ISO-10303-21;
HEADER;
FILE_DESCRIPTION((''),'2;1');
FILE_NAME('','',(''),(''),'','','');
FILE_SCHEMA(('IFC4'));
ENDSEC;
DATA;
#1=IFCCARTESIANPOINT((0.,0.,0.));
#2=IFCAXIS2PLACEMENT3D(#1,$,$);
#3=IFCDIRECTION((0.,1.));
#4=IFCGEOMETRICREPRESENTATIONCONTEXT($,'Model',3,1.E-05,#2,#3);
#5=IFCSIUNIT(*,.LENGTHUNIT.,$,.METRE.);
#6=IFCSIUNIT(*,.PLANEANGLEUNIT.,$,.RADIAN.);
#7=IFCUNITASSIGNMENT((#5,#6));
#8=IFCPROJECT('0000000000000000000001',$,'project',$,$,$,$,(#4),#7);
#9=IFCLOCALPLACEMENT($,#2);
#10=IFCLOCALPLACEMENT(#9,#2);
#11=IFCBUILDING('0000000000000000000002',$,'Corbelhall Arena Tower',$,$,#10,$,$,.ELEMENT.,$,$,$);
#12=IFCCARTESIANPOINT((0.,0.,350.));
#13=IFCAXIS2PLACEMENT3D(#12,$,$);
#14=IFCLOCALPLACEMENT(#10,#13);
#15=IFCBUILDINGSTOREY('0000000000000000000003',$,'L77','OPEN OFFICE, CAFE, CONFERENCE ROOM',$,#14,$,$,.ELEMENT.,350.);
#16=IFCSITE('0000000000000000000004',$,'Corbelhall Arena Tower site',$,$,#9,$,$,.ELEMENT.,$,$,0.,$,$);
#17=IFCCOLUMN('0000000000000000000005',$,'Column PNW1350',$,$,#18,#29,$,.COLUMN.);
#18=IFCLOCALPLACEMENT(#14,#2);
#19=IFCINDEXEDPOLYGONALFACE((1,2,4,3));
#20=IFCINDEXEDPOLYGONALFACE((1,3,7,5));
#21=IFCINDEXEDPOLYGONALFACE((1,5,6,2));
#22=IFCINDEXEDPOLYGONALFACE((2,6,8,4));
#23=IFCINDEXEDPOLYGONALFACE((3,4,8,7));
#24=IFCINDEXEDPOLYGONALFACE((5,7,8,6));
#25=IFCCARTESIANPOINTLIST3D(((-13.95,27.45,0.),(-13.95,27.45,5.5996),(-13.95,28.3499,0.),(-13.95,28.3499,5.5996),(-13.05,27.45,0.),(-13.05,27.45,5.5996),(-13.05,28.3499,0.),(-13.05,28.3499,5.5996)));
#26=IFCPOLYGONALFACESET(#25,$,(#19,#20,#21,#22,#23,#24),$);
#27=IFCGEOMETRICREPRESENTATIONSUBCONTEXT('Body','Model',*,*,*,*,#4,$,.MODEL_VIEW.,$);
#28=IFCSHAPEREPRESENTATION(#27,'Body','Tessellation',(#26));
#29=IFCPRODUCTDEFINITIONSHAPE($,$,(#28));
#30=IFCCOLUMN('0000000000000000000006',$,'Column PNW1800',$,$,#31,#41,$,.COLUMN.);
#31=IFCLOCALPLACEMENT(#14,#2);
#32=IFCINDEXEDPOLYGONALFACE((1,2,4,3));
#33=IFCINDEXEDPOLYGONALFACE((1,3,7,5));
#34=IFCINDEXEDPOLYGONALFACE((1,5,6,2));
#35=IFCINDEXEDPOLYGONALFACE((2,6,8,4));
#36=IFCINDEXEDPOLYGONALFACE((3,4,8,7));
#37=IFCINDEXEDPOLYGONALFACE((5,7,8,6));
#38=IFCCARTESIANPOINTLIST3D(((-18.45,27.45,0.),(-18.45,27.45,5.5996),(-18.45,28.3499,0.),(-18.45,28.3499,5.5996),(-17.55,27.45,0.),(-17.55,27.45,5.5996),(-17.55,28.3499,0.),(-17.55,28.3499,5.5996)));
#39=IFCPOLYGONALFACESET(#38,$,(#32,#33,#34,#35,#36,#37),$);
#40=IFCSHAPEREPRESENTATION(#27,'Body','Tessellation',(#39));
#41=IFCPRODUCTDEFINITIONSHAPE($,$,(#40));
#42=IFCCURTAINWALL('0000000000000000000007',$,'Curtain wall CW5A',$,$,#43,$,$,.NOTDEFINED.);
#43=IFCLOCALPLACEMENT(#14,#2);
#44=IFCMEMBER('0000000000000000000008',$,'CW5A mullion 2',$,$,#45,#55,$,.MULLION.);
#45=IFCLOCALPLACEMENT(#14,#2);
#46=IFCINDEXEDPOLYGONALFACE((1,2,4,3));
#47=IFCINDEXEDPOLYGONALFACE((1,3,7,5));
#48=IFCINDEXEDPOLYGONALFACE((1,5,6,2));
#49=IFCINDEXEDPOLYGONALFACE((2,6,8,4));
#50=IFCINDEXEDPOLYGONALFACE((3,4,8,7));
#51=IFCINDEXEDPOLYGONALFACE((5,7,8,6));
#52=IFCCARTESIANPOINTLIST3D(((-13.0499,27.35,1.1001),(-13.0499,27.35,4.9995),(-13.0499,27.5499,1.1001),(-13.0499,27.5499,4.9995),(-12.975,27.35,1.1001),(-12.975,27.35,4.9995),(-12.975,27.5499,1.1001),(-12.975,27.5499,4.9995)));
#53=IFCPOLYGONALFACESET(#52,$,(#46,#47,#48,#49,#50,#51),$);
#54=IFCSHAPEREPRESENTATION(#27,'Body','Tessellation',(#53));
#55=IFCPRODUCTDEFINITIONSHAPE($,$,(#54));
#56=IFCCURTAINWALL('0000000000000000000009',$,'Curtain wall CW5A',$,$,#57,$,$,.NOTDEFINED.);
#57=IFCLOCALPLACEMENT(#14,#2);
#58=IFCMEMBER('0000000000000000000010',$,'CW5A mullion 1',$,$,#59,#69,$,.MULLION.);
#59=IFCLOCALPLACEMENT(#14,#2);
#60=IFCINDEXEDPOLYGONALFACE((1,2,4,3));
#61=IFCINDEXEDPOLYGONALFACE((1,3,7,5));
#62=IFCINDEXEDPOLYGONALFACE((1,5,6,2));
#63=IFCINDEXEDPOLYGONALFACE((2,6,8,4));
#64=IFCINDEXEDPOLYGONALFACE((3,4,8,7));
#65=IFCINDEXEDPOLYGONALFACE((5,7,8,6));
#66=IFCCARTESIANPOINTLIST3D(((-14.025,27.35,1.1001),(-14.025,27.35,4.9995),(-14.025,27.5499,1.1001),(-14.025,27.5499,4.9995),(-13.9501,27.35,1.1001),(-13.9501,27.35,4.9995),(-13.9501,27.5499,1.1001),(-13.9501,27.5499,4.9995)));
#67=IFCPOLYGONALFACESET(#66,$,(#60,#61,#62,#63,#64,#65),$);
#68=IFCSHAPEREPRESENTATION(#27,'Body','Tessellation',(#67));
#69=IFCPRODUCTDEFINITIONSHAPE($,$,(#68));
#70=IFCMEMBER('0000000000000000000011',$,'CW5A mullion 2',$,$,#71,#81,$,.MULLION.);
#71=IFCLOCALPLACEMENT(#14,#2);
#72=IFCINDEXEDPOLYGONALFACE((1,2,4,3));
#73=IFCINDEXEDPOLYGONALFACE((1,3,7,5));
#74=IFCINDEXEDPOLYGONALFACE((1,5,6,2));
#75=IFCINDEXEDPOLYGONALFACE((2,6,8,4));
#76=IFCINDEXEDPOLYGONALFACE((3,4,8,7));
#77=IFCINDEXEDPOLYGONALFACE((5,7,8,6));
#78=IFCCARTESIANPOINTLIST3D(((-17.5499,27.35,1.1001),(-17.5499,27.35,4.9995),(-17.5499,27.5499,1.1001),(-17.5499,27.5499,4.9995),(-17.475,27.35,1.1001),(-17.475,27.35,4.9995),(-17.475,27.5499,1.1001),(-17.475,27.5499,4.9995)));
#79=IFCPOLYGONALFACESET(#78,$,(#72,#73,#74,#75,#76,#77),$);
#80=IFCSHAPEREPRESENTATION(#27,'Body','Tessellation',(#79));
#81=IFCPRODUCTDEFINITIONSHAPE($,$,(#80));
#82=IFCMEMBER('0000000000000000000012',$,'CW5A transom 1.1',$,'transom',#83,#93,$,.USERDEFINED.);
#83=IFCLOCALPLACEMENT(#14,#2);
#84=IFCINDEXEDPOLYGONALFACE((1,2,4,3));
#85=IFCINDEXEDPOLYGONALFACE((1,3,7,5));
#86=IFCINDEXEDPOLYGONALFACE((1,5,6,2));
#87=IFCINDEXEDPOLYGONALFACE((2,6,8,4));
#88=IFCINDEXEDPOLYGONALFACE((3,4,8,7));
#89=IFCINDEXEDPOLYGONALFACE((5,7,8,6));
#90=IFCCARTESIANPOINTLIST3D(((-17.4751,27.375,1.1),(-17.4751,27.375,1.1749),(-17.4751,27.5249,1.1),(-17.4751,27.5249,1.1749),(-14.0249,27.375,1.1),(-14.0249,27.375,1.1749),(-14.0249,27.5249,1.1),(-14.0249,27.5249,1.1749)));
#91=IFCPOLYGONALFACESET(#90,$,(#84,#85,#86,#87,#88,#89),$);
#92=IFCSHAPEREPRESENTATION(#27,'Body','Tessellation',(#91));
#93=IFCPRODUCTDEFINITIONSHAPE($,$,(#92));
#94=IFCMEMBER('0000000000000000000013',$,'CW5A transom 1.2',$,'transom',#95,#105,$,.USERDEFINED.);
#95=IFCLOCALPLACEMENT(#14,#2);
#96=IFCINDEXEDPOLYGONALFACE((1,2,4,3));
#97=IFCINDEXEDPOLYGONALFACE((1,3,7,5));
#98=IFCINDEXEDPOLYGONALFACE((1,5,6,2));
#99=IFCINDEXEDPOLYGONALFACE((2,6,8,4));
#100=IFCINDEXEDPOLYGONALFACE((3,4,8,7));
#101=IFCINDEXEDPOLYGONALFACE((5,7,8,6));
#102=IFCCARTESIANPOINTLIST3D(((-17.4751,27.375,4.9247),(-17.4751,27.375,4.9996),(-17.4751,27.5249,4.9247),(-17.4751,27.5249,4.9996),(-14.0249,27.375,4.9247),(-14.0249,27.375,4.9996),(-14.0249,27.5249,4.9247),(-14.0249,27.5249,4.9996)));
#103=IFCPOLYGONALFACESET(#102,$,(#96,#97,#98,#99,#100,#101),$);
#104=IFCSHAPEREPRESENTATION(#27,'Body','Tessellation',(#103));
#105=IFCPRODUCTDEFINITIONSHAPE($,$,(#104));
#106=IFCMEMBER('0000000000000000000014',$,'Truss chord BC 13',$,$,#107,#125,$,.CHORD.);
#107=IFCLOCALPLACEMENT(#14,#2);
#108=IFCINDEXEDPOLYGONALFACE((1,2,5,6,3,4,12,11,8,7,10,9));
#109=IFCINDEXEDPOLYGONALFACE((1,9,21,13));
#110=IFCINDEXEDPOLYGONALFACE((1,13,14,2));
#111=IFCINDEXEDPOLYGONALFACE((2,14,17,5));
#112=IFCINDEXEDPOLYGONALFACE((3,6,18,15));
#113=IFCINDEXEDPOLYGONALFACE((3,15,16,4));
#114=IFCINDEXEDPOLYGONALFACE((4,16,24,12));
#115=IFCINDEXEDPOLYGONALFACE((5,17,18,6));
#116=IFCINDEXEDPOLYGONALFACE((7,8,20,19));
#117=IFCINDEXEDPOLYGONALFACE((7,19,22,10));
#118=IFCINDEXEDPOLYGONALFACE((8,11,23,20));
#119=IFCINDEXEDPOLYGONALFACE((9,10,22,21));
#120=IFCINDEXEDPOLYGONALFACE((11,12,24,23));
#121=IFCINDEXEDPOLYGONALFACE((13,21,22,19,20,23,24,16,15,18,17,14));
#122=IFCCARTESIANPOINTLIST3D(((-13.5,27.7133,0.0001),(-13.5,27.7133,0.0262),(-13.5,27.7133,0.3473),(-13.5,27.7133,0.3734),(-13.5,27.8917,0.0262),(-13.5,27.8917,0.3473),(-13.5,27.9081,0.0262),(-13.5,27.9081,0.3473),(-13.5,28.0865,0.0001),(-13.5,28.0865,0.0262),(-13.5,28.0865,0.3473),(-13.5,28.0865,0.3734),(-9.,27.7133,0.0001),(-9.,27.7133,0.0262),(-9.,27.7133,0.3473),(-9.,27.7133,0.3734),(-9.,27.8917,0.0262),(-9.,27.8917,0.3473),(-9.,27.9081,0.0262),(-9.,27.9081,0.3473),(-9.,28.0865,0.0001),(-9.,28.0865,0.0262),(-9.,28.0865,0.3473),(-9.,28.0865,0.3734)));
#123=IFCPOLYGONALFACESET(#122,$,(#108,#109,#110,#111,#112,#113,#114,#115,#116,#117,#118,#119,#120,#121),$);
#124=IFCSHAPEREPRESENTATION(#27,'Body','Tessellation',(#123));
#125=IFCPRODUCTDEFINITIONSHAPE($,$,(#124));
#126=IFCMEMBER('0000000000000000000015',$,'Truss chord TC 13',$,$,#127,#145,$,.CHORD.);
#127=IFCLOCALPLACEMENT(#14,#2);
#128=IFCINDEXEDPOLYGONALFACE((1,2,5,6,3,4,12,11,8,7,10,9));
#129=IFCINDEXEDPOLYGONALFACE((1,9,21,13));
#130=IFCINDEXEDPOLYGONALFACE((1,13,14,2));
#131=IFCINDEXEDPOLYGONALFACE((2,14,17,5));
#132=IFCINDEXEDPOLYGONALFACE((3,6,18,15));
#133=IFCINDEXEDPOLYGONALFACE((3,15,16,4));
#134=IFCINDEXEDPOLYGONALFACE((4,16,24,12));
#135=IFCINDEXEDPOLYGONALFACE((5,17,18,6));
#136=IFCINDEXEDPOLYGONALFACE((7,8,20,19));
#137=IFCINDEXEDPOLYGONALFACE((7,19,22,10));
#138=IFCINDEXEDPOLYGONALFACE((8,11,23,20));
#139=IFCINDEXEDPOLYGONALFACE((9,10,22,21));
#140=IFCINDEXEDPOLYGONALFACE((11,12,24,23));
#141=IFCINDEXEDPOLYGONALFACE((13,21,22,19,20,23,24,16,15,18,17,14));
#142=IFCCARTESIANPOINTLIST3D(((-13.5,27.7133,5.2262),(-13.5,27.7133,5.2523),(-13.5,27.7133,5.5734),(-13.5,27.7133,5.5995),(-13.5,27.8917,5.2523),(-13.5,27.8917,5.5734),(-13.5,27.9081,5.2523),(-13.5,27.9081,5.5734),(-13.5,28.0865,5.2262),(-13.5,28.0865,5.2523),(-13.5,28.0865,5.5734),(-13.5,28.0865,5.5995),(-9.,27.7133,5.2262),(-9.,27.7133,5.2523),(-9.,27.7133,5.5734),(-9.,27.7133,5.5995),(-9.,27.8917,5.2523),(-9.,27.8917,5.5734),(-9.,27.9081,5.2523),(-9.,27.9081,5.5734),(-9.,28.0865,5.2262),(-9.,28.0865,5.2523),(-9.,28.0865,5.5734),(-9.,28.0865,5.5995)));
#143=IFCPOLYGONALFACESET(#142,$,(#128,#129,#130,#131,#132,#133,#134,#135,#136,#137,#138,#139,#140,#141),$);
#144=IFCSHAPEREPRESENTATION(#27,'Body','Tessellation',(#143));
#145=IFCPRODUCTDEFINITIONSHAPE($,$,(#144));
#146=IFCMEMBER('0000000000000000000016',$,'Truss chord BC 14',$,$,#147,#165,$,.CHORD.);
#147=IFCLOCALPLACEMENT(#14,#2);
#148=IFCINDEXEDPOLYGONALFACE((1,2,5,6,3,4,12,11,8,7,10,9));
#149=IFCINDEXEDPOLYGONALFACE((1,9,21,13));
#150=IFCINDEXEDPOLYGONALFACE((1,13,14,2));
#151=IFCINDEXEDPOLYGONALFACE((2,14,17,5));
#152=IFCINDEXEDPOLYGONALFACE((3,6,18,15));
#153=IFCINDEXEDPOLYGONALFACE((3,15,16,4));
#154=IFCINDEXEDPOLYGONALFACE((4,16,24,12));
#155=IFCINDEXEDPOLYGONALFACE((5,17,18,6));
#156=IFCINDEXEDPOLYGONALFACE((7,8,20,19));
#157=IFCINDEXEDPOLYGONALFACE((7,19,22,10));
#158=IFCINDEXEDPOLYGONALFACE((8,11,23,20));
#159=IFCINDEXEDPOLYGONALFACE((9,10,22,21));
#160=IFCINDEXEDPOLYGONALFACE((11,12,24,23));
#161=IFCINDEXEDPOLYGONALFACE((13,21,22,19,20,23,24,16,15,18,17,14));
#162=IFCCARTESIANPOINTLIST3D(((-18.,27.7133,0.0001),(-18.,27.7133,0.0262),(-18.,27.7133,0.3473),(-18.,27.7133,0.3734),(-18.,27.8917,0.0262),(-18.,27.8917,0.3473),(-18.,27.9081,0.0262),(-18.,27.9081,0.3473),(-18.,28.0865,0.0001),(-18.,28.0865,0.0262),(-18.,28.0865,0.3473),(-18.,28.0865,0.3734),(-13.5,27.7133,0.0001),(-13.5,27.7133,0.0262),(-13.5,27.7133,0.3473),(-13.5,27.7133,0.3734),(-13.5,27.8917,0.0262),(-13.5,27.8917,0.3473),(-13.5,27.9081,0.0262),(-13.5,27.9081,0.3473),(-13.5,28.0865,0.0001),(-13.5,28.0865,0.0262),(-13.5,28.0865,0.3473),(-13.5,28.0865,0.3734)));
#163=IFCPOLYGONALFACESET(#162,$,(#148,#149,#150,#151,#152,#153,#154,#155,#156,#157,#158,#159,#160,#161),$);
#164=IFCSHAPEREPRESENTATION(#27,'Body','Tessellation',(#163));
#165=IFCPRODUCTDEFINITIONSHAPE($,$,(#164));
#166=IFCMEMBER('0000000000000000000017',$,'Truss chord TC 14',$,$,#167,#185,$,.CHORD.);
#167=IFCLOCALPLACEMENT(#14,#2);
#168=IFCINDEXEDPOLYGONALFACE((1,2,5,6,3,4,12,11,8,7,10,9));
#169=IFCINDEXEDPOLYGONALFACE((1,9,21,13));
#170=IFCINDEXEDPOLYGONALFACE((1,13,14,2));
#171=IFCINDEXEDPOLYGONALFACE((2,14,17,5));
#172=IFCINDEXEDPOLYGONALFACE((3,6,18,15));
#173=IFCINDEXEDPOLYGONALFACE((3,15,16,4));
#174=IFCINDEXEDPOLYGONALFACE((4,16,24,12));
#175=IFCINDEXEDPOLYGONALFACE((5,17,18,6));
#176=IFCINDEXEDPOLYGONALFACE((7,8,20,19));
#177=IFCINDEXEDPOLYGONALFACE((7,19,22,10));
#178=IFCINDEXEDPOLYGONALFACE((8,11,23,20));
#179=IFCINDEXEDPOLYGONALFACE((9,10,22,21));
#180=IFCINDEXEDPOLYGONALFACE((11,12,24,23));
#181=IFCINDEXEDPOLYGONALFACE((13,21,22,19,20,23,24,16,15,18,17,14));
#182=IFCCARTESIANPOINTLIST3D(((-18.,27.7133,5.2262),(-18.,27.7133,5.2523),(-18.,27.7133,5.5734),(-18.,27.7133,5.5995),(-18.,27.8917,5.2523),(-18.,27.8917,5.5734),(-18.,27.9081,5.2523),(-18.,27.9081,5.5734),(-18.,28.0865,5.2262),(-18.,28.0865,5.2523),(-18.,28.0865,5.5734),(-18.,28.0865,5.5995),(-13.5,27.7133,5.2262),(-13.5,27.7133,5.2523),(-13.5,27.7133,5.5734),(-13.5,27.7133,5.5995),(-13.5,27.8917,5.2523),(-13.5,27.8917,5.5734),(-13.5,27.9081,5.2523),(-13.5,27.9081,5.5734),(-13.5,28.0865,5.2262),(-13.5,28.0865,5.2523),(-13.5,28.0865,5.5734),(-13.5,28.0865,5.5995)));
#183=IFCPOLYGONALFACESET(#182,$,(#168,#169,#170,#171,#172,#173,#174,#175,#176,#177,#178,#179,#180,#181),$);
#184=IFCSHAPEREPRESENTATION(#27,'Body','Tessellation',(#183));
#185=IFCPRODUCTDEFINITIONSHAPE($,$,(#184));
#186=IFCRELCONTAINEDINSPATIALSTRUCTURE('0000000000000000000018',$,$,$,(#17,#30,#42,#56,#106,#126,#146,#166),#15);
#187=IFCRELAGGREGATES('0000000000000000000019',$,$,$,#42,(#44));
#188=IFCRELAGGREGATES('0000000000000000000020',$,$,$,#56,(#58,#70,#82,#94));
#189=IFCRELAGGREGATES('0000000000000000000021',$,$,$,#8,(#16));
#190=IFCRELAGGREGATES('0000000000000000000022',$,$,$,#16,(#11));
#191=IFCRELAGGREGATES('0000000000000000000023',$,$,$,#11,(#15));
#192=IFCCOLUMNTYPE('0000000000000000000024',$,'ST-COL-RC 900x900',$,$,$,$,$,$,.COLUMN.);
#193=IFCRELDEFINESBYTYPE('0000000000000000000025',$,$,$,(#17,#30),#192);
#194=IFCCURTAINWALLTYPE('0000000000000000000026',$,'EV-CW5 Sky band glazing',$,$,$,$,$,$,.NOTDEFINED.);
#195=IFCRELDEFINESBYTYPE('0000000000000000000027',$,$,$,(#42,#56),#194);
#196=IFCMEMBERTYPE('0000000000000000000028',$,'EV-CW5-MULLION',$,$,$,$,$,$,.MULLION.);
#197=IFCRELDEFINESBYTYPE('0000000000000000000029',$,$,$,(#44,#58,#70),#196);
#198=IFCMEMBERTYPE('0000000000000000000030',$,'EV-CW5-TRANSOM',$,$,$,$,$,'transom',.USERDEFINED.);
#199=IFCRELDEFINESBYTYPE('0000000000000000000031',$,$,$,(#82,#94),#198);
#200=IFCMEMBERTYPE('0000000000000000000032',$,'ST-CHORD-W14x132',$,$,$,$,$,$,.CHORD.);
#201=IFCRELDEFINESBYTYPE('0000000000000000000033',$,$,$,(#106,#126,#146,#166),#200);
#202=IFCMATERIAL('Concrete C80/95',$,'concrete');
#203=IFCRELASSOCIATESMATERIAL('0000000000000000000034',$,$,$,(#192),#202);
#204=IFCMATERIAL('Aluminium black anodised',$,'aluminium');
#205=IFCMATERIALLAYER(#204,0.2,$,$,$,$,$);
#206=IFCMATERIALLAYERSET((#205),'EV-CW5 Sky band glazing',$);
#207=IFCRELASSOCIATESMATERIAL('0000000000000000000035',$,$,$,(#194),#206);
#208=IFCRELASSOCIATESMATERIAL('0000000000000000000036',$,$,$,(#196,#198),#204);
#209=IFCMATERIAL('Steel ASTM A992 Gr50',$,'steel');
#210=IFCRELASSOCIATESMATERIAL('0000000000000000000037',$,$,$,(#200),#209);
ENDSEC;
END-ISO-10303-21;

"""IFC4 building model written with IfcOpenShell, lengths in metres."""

from ifc_helpers import new_model, si_unit, direction, frame, origin, origin_2d, place, context, subcontext, project, spatial, rectangle, i_section, extrude, material, layer, layer_set, material_profile, profile_set, type_object, element, aggregate, save


model = new_model("IFC4")

# Units and contexts
model_context = context("Model", 3, precision=1e-05, world=origin(), true_north=direction((0.0, 1.0)))
body_context = subcontext(model_context, "Body", "Model", "MODEL_VIEW")
ifc_project = project(units=[si_unit("LENGTHUNIT", "METRE"), si_unit("PLANEANGLEUNIT", "RADIAN")], contexts=[model_context])

# Site, building, storey
site_placement = place(None, origin())
site = spatial("IfcSite", under=ifc_project, at=site_placement, Name="Corbelhall Arena Tower site", CompositionType="ELEMENT", RefElevation=0.0)
building_placement = place(site_placement, origin())
building = spatial("IfcBuilding", under=site, at=building_placement, Name="Corbelhall Arena Tower", CompositionType="ELEMENT")
storey_placement = place(building_placement, frame((0.0, 0.0, 350.0)))
storey = spatial("IfcBuildingStorey", under=building, at=storey_placement, Name="L77", Description="OPEN OFFICE, CAFE, CONFERENCE ROOM", CompositionType="ELEMENT", Elevation=350.0)

# Columns
ifc_material_1 = material(Name="Concrete C80/95", Category="concrete")
ifc_material_profile_1 = material_profile(ifc_material_1, rectangle(XDim=0.8999, YDim=0.8999, at=origin_2d()))
ifc_profile_set_1 = profile_set([ifc_material_profile_1], Name="Concrete C80/95")
column_type = type_object("IfcColumnType", Name="ST-COL-RC 900x900", PredefinedType="COLUMN", material=ifc_profile_set_1)
for number, where, z_axis, x_axis, name in (
    (1, (-13.5, 27.8999, 0.0), (0.0, 0.0, 1.0), (1.0, 0.0, 0.0), "Column PNW1350"),
    (2, (-18.0, 27.8999, 0.0), (0.0, 0.0, 1.0), (1.0, 0.0, 0.0), "Column PNW1800"),
):
    element("IfcColumn", number, at=place(storey_placement, frame(where, z_axis=z_axis, x_axis=x_axis)), inside=storey, type_object=column_type, Name=name, PredefinedType="COLUMN", context=body_context, shape_type="SweptSolid", body=[
        extrude(rectangle(XDim=0.8999, YDim=0.8999, at=origin_2d()), origin(), (0.0, 0.0, 1.0), 5.5996),
    ])

# Curtain wall, member
ifc_material_2 = material(Name="Aluminium black anodised", Category="aluminium")
ifc_layer_1 = layer(ifc_material_2, 0.2)
ifc_layer_set_1 = layer_set([ifc_layer_1], Name="EV-CW5 Sky band glazing")
curtain_wall_type = type_object("IfcCurtainWallType", Name="EV-CW5 Sky band glazing", PredefinedType="NOTDEFINED", material=ifc_layer_set_1)
curtain_wall_1_placement = place(storey_placement, origin())
curtain_wall_1 = element("IfcCurtainWall", 3, at=curtain_wall_1_placement, inside=storey, type_object=curtain_wall_type, Name="Curtain wall CW5A", PredefinedType="NOTDEFINED")
ifc_material_profile_2 = material_profile(ifc_material_2, rectangle(XDim=0.2, YDim=0.075, at=origin_2d()))
ifc_profile_set_2 = profile_set([ifc_material_profile_2], Name="Aluminium black anodised")
member_type_1 = type_object("IfcMemberType", Name="EV-CW5-MULLION", PredefinedType="MULLION", material=ifc_profile_set_2)
member_1_placement = place(storey_placement, frame((-13.0125, 27.45, 1.1001), z_axis=(0.0, 0.0, 1.0), x_axis=(0.0, -1.0, 0.0)))
member_1 = element("IfcMember", 4, at=member_1_placement, type_object=member_type_1, Name="CW5A mullion 2", PredefinedType="MULLION", context=body_context, shape_type="SweptSolid", body=[
    extrude(rectangle(XDim=0.2, YDim=0.075, at=origin_2d()), origin(), (0.0, 0.0, 1.0), 3.8994),
])
aggregate(curtain_wall_1, [member_1])

# Curtain wall, members
curtain_wall_2_placement = place(storey_placement, origin())
curtain_wall_2 = element("IfcCurtainWall", 5, at=curtain_wall_2_placement, inside=storey, type_object=curtain_wall_type, Name="Curtain wall CW5A", PredefinedType="NOTDEFINED")
member_2_placement = place(storey_placement, frame((-13.9875, 27.45, 1.1001), z_axis=(0.0, 0.0, 1.0), x_axis=(0.0, -1.0, 0.0)))
member_2 = element("IfcMember", 6, at=member_2_placement, type_object=member_type_1, Name="CW5A mullion 1", PredefinedType="MULLION", context=body_context, shape_type="SweptSolid", body=[
    extrude(rectangle(XDim=0.2, YDim=0.075, at=origin_2d()), origin(), (0.0, 0.0, 1.0), 3.8994),
])
member_3_placement = place(storey_placement, frame((-17.5125, 27.45, 1.1001), z_axis=(0.0, 0.0, 1.0), x_axis=(0.0, -1.0, 0.0)))
member_3 = element("IfcMember", 7, at=member_3_placement, type_object=member_type_1, Name="CW5A mullion 2", PredefinedType="MULLION", context=body_context, shape_type="SweptSolid", body=[
    extrude(rectangle(XDim=0.2, YDim=0.075, at=origin_2d()), origin(), (0.0, 0.0, 1.0), 3.8994),
])
ifc_material_profile_3 = material_profile(ifc_material_2, rectangle(XDim=0.1499, YDim=0.075, at=origin_2d()))
ifc_profile_set_3 = profile_set([ifc_material_profile_3], Name="Aluminium black anodised")
member_type_2 = type_object("IfcMemberType", Name="EV-CW5-TRANSOM", ElementType="transom", PredefinedType="USERDEFINED", material=ifc_profile_set_3)
member_4_placement = place(storey_placement, frame((-14.0249, 27.45, 1.1375), z_axis=(-1.0, 0.0, 0.0), x_axis=(0.0, -1.0, 0.0)))
member_4 = element("IfcMember", 8, at=member_4_placement, type_object=member_type_2, Name="CW5A transom 1.1", ObjectType="transom", PredefinedType="USERDEFINED", context=body_context, shape_type="SweptSolid", body=[
    extrude(rectangle(XDim=0.1499, YDim=0.075, at=origin_2d()), origin(), (0.0, 0.0, 1.0), 3.4502),
])
member_5_placement = place(storey_placement, frame((-14.0249, 27.45, 4.9622), z_axis=(-1.0, 0.0, 0.0), x_axis=(0.0, -1.0, 0.0)))
member_5 = element("IfcMember", 9, at=member_5_placement, type_object=member_type_2, Name="CW5A transom 1.2", ObjectType="transom", PredefinedType="USERDEFINED", context=body_context, shape_type="SweptSolid", body=[
    extrude(rectangle(XDim=0.1499, YDim=0.075, at=origin_2d()), origin(), (0.0, 0.0, 1.0), 3.4502),
])

# Members
ifc_material_3 = material(Name="Steel ASTM A992 Gr50", Category="steel")
ifc_material_profile_4 = material_profile(ifc_material_3, i_section(OverallWidth=0.3733, OverallDepth=0.3733, WebThickness=0.0164, FlangeThickness=0.0261, at=origin_2d()))
ifc_profile_set_4 = profile_set([ifc_material_profile_4], Name="Steel ASTM A992 Gr50")
member_type_3 = type_object("IfcMemberType", Name="ST-CHORD-W14x132", PredefinedType="CHORD", material=ifc_profile_set_4)
for number, where, z_axis, x_axis, name in (
    (10, (-13.5, 27.8999, 0.1868), (1.0, 0.0, 0.0), (0.0, 1.0, 0.0), "Truss chord BC 13"),
    (11, (-13.5, 27.8999, 5.4128), (1.0, 0.0, 0.0), (0.0, 1.0, 0.0), "Truss chord TC 13"),
    (12, (-18.0, 27.8999, 0.1868), (1.0, 0.0, 0.0), (0.0, 1.0, 0.0), "Truss chord BC 14"),
    (13, (-18.0, 27.8999, 5.4128), (1.0, 0.0, 0.0), (0.0, 1.0, 0.0), "Truss chord TC 14"),
):
    element("IfcMember", number, at=place(storey_placement, frame(where, z_axis=z_axis, x_axis=x_axis)), inside=storey, type_object=member_type_3, Name=name, PredefinedType="CHORD", context=body_context, shape_type="SweptSolid", body=[
        extrude(i_section(OverallWidth=0.3733, OverallDepth=0.3733, WebThickness=0.0164, FlangeThickness=0.0261, at=origin_2d()), origin(), (0.0, 0.0, 1.0), 4.5),
    ])

aggregate(curtain_wall_2, [member_2, member_3, member_4, member_5])

save(model, "model.ifc")
